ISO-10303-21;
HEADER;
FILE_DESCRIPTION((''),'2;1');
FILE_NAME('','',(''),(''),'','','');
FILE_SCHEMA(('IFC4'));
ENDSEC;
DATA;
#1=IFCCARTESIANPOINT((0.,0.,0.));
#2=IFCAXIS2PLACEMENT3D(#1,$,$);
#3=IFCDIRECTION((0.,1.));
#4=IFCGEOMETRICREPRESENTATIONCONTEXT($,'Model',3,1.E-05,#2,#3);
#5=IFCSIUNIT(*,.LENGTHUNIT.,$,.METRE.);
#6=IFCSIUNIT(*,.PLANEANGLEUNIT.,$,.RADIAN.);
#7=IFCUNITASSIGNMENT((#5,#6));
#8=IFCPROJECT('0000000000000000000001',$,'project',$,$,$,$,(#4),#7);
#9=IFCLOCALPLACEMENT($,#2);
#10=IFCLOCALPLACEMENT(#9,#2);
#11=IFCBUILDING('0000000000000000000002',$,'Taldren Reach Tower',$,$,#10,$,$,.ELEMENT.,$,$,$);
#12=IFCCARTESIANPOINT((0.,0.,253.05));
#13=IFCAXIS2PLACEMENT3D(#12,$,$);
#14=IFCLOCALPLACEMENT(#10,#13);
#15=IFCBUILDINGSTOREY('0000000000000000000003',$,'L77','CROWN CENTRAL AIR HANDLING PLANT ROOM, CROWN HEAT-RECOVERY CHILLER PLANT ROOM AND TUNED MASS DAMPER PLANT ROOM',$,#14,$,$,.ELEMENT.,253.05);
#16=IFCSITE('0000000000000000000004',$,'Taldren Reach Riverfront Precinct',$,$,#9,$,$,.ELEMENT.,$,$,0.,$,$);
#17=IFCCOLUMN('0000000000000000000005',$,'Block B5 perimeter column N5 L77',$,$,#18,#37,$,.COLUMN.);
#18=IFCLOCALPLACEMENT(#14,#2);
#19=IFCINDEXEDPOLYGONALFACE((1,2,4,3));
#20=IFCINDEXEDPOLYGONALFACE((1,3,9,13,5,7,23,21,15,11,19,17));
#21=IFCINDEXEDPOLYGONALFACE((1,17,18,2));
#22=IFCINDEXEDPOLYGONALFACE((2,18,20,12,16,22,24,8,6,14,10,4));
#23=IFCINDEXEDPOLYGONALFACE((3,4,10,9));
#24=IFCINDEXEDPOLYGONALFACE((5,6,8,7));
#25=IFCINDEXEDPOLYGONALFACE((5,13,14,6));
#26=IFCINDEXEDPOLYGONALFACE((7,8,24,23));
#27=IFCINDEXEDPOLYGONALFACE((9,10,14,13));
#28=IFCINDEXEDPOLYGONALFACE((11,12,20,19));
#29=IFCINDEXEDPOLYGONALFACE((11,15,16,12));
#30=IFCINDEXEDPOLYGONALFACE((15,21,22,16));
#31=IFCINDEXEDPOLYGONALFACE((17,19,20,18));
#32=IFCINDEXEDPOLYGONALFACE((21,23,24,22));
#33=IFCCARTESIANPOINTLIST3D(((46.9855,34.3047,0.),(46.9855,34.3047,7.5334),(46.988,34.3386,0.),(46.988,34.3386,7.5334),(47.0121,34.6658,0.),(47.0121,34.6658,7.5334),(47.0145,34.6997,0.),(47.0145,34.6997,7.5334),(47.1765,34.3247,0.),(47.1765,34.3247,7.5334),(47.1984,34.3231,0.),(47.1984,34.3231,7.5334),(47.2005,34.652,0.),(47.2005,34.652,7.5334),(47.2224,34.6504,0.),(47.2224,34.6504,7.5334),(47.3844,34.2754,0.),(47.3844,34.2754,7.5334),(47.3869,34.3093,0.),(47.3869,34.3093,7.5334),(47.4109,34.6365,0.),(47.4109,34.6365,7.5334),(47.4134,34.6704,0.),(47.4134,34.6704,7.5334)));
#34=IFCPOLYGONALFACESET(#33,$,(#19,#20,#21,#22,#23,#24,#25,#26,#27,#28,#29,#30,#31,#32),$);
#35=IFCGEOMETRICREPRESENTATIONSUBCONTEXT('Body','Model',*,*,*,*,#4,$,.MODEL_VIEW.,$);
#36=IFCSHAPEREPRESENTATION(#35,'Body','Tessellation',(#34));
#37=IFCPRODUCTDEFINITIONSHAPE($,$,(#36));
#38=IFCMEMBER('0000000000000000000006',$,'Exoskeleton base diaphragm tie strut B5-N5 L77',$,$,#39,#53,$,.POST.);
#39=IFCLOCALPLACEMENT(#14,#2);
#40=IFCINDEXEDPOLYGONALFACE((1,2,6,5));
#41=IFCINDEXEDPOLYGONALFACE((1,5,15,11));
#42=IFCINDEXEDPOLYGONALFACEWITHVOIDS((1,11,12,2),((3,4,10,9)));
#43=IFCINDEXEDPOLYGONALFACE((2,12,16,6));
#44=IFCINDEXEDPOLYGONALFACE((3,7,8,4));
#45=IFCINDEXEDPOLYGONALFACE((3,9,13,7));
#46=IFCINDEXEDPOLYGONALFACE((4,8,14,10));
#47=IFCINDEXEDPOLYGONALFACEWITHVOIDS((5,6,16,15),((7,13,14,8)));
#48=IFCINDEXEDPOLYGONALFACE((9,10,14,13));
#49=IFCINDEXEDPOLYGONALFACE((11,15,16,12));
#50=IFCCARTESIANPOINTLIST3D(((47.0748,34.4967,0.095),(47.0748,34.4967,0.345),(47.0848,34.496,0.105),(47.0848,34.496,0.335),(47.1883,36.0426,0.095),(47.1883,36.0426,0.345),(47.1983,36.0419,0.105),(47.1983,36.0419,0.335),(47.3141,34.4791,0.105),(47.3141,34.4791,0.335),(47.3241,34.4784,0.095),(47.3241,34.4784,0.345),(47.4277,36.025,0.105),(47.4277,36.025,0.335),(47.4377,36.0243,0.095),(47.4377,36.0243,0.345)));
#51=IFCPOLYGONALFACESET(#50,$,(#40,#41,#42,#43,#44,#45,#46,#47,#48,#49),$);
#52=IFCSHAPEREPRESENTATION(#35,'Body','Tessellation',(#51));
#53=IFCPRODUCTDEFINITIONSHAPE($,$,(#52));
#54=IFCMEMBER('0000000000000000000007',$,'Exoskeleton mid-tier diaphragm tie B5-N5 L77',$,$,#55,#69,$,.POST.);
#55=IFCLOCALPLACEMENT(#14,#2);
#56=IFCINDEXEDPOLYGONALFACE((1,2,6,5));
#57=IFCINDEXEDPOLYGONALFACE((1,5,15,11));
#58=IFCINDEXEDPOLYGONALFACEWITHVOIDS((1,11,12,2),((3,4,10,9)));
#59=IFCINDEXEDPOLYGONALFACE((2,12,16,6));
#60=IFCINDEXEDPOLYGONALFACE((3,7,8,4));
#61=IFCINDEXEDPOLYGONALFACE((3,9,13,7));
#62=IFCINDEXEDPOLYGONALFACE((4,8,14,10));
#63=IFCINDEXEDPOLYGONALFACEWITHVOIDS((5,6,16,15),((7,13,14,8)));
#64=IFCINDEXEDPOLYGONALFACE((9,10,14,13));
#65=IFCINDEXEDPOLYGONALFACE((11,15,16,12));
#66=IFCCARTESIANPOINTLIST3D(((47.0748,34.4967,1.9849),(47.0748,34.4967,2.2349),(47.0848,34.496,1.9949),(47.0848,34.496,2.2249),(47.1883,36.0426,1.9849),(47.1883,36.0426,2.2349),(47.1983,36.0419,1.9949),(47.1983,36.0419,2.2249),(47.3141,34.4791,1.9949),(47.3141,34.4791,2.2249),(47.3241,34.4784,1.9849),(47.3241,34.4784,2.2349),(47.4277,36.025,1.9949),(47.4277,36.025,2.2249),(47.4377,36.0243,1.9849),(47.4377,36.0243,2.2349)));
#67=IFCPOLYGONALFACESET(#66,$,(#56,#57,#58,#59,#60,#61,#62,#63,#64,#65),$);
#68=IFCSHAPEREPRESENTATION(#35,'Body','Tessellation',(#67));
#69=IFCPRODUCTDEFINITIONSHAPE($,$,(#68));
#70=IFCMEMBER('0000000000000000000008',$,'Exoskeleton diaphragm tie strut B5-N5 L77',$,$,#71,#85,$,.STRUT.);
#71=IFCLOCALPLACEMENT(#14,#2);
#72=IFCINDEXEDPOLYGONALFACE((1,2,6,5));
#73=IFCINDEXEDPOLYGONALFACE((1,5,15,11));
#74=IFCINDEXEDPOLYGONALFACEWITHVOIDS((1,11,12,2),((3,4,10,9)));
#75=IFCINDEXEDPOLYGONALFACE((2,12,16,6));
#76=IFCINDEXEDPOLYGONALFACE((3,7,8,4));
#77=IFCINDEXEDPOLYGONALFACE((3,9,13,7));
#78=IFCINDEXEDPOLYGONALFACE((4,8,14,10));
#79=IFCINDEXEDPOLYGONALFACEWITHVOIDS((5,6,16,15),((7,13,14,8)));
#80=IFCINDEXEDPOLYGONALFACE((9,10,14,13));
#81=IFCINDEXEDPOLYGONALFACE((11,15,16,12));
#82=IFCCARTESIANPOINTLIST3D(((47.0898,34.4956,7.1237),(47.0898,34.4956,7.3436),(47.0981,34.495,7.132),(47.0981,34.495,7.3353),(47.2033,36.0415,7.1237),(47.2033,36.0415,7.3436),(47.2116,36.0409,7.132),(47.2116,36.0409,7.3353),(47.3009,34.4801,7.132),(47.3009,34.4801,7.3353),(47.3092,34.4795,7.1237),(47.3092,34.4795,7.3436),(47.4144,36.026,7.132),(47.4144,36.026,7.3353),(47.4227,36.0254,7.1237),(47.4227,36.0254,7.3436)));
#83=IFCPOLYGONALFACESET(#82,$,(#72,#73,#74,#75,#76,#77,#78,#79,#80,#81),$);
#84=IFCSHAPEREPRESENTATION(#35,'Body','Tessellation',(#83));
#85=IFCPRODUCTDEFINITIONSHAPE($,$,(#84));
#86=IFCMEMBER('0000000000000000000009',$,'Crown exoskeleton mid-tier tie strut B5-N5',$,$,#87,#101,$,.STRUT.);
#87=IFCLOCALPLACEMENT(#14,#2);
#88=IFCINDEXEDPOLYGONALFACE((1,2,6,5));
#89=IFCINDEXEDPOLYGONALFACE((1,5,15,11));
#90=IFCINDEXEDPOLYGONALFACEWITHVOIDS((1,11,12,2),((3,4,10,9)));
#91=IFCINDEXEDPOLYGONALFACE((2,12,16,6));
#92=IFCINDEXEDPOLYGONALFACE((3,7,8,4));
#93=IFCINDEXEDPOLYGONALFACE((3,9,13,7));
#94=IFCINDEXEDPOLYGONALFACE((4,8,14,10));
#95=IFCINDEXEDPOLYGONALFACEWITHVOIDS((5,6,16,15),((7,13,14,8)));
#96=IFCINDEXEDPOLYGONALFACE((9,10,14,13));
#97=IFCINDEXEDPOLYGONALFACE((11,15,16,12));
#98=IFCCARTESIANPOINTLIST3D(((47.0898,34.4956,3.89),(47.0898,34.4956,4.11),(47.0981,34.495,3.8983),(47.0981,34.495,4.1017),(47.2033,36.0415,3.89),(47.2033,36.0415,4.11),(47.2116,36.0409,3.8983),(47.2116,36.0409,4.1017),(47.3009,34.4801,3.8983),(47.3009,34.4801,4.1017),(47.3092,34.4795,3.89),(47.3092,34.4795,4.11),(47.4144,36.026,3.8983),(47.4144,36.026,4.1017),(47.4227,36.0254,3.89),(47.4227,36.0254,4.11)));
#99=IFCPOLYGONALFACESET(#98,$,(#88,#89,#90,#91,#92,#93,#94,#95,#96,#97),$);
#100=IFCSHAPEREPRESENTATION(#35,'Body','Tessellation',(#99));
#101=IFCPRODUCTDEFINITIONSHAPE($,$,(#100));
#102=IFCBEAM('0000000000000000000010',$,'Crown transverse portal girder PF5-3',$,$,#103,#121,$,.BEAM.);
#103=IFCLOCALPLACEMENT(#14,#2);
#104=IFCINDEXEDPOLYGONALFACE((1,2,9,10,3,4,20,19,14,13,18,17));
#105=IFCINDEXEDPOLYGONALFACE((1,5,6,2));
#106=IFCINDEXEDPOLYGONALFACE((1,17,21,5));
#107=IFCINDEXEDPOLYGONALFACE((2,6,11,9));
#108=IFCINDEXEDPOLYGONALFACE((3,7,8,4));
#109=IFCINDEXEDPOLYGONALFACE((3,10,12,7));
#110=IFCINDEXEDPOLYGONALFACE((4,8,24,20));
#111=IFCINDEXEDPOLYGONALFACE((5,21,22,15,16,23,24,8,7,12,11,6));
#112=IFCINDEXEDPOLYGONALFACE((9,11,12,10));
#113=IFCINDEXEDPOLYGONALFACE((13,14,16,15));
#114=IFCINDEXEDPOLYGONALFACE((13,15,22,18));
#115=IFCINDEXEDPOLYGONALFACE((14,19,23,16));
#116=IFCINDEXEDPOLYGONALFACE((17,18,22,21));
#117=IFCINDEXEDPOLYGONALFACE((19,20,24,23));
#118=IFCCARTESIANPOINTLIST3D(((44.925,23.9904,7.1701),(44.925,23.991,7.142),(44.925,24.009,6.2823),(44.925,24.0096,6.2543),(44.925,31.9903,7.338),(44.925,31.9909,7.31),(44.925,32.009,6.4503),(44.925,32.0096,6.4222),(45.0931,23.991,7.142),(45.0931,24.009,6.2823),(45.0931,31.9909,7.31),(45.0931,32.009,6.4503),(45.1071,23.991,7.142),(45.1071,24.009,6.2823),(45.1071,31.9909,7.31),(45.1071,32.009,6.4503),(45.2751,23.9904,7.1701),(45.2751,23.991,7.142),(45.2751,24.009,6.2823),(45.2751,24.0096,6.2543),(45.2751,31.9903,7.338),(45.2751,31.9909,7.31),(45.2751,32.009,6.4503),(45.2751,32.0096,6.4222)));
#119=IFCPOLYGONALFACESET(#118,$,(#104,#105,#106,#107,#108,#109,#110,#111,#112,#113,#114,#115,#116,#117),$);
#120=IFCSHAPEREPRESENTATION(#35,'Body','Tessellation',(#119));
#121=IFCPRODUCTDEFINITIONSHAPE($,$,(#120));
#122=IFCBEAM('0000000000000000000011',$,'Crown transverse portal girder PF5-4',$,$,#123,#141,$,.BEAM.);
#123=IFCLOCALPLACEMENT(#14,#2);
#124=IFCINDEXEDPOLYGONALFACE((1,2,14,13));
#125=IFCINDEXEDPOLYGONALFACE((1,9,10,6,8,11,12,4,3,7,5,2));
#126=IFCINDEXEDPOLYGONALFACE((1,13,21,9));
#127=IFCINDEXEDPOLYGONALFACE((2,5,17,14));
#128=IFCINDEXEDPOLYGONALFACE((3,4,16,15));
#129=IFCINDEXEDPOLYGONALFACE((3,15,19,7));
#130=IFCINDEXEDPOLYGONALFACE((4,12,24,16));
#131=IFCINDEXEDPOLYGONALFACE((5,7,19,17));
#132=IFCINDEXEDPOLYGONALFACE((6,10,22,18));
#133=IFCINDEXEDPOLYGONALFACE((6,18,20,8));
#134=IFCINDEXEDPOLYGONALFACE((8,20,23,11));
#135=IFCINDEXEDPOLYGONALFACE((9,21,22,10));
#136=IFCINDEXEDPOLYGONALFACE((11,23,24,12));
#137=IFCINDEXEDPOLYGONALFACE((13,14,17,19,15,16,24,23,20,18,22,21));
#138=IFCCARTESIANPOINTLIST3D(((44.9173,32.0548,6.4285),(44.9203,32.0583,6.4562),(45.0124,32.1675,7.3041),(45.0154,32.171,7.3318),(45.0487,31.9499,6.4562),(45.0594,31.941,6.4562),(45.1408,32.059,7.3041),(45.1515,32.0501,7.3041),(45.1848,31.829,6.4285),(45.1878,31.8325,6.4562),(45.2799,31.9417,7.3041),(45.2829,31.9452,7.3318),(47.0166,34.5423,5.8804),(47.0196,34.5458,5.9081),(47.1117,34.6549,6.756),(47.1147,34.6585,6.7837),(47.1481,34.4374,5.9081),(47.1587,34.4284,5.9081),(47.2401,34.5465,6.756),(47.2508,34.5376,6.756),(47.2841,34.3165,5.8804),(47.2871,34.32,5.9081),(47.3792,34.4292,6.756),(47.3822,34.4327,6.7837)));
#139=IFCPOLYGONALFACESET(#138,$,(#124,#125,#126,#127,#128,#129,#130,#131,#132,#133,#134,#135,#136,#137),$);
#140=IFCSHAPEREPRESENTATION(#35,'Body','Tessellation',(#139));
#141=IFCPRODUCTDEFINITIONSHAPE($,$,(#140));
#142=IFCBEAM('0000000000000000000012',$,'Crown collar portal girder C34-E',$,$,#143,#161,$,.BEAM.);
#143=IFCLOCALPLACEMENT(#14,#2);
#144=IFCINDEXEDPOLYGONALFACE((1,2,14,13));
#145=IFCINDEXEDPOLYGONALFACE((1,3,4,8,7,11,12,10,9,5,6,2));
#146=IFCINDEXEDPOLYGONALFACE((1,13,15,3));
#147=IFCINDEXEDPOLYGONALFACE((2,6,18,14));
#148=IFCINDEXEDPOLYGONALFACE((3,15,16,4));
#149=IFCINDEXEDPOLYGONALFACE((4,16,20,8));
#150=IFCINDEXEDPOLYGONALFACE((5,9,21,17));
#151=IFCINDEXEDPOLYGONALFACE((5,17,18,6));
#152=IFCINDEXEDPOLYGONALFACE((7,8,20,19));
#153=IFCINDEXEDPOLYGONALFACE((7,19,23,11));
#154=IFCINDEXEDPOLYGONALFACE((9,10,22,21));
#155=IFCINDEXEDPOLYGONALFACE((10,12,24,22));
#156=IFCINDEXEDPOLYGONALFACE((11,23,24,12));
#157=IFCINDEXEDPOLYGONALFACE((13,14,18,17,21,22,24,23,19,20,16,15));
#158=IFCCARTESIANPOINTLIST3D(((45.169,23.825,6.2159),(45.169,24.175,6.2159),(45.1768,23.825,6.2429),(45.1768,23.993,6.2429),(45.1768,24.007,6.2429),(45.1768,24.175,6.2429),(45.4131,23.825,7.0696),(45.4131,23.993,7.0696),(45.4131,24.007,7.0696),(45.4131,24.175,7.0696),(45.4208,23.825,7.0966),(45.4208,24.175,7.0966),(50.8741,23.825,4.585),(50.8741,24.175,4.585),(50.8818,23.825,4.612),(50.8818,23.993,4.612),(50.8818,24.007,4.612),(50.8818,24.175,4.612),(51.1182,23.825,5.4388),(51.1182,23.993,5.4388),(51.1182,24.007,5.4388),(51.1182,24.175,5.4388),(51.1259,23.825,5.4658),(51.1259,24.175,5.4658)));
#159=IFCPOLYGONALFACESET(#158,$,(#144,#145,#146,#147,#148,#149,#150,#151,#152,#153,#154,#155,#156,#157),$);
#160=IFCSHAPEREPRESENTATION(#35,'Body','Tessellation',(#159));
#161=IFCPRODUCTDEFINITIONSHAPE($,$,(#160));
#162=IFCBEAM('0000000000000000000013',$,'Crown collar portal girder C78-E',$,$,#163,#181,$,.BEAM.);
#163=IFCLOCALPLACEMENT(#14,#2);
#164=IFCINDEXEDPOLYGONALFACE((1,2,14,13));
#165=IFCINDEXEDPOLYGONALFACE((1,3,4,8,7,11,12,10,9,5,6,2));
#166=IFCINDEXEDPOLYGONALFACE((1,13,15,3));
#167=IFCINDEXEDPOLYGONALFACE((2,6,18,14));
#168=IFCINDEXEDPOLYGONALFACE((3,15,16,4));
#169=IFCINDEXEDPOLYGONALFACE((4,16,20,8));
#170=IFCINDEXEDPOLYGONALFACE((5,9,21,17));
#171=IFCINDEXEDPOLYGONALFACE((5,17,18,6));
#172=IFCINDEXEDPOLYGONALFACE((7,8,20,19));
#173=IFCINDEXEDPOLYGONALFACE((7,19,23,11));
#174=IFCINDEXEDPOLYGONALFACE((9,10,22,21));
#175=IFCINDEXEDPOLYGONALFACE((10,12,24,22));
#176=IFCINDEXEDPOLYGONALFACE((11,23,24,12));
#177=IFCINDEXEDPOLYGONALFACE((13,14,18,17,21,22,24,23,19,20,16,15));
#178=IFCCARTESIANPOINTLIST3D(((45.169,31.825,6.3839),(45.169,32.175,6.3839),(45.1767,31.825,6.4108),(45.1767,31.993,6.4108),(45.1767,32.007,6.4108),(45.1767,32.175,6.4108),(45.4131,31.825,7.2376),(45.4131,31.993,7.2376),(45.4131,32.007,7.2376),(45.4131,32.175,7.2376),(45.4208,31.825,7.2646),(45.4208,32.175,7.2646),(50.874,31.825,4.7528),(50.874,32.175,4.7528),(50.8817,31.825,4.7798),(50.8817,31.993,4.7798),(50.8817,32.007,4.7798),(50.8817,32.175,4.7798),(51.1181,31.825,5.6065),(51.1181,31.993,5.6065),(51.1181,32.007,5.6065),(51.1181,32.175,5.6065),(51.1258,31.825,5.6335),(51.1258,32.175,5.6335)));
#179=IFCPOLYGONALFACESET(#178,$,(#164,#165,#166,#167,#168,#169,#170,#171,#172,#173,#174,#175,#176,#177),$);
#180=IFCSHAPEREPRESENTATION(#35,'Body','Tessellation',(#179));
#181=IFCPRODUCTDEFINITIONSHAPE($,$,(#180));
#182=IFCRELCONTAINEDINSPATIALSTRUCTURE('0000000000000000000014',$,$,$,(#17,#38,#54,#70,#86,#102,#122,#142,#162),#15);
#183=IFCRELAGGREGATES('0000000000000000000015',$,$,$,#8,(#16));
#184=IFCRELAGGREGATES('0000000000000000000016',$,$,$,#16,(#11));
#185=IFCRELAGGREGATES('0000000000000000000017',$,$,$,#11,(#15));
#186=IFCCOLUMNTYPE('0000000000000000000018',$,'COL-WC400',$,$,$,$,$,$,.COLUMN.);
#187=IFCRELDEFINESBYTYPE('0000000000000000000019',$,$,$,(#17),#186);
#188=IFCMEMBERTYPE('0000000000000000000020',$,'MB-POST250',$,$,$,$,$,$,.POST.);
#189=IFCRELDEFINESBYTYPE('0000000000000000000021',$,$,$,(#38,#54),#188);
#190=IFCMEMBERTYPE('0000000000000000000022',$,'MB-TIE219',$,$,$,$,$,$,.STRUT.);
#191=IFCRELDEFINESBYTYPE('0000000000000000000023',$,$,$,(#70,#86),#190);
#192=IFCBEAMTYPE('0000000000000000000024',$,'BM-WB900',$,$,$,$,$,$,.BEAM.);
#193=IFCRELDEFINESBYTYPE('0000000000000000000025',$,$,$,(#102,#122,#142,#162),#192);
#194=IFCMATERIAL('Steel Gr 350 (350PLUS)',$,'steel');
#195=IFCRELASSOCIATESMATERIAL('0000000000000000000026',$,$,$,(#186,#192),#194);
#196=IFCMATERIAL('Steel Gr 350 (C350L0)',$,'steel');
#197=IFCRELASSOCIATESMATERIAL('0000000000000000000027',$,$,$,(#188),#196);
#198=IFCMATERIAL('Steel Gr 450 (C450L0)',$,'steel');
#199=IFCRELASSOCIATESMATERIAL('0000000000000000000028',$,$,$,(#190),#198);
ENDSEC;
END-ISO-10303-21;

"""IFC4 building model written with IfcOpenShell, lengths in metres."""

from ifc_helpers import new_model, si_unit, direction, frame, origin, origin_2d, place, context, subcontext, project, spatial, hollow_rectangle, i_section, extrude, source, transform, mapped, material, material_profile, profile_set, type_object, element, save


model = new_model("IFC4")

# Units and contexts
model_context = context("Model", 3, precision=1e-05, world=origin(), true_north=direction((0.0, 1.0)))
body_context = subcontext(model_context, "Body", "Model", "MODEL_VIEW")
ifc_project = project(units=[si_unit("LENGTHUNIT", "METRE"), si_unit("PLANEANGLEUNIT", "RADIAN")], contexts=[model_context])

# Site, building, storey
site_placement = place(None, origin())
site = spatial("IfcSite", under=ifc_project, at=site_placement, Name="Taldren Reach Riverfront Precinct", CompositionType="ELEMENT", RefElevation=0.0)
building_placement = place(site_placement, origin())
building = spatial("IfcBuilding", under=site, at=building_placement, Name="Taldren Reach Tower", CompositionType="ELEMENT")
storey_placement = place(building_placement, frame((0.0, 0.0, 253.05)))
storey = spatial("IfcBuildingStorey", under=building, at=storey_placement, Name="L77", Description="CROWN CENTRAL AIR HANDLING PLANT ROOM, CROWN HEAT-RECOVERY CHILLER PLANT ROOM AND TUNED MASS DAMPER PLANT ROOM", CompositionType="ELEMENT", Elevation=253.05)

# Column
ifc_material_1 = material(Name="Steel Gr 350 (350PLUS)", Category="steel")
ifc_material_profile_1 = material_profile(ifc_material_1, i_section(OverallWidth=0.3999, OverallDepth=0.396, WebThickness=0.022, FlangeThickness=0.0339, at=origin_2d()), Name="400WC270")
ifc_profile_set_1 = profile_set([ifc_material_profile_1], Name="Steel Gr 350 (350PLUS)")
column_type = type_object("IfcColumnType", Name="COL-WC400", PredefinedType="COLUMN", material=ifc_profile_set_1)
shared_shape_1 = source(origin(), body_context, "Body", "SweptSolid", [
    extrude(i_section(OverallWidth=0.3999, OverallDepth=0.396, WebThickness=0.022, FlangeThickness=0.0339, at=origin_2d()), origin(), (0.0, 0.0, 1.0), 7.5334),
])
column_placement = place(storey_placement, frame((47.1995, 34.4875, 0.0), z_axis=(0.0, 0.0, 1.0), x_axis=(0.997314, -0.073238, 0.0)))
element("IfcColumn", 1, at=column_placement, inside=storey, type_object=column_type, Name="Block B5 perimeter column N5 L77", PredefinedType="COLUMN", context=body_context, shape_type="MappedRepresentation", body=[
    mapped(shared_shape_1, transform((0.0, 0.0, 0.0), scale=1.0)),
])

# Members
ifc_material_2 = material(Name="Steel Gr 350 (C350L0)", Category="steel")
ifc_material_profile_2 = material_profile(ifc_material_2, hollow_rectangle(XDim=0.25, YDim=0.25, WallThickness=0.01, at=origin_2d()), Name="250x250x10.0SHS")
ifc_profile_set_2 = profile_set([ifc_material_profile_2], Name="Steel Gr 350 (C350L0)")
member_type_1 = type_object("IfcMemberType", Name="MB-POST250", PredefinedType="POST", material=ifc_profile_set_2)
shared_shape_2 = source(origin(), body_context, "Body", "SweptSolid", [
    extrude(hollow_rectangle(XDim=0.25, YDim=0.25, WallThickness=0.01, at=origin_2d()), origin(), (0.0, 0.0, 1.0), 1.55),
])
for number, where, z_axis, x_axis, name in (
    (2, (47.1995, 34.4875, 0.22), (0.073239, 0.997314, 0.0), (-0.997314, 0.073239, 0.0), "Exoskeleton base diaphragm tie strut B5-N5 L77"),
    (3, (47.1995, 34.4875, 2.1099), (0.073239, 0.997314, 0.0), (-0.997314, 0.073239, 0.0), "Exoskeleton mid-tier diaphragm tie B5-N5 L77"),
):
    element("IfcMember", number, at=place(storey_placement, frame(where, z_axis=z_axis, x_axis=x_axis)), inside=storey, type_object=member_type_1, Name=name, PredefinedType="POST", context=body_context, shape_type="MappedRepresentation", body=[
        mapped(shared_shape_2, transform((0.0, 0.0, 0.0), scale=1.0)),
    ])
ifc_material_3 = material(Name="Steel Gr 450 (C450L0)", Category="steel")
ifc_material_profile_3 = material_profile(ifc_material_3, hollow_rectangle(XDim=0.22, YDim=0.22, WallThickness=0.0083, at=origin_2d()), Name="220x220x8.2SHS")
ifc_profile_set_3 = profile_set([ifc_material_profile_3], Name="Steel Gr 450 (C450L0)")
member_type_2 = type_object("IfcMemberType", Name="MB-TIE219", PredefinedType="STRUT", material=ifc_profile_set_3)
shared_shape_3 = source(origin(), body_context, "Body", "SweptSolid", [
    extrude(hollow_rectangle(XDim=0.22, YDim=0.22, WallThickness=0.0083, at=origin_2d()), origin(), (0.0, 0.0, 1.0), 1.55),
])
for number, where, z_axis, x_axis, name in (
    (4, (47.1995, 34.4875, 7.2336), (0.073239, 0.997314, 0.0), (-0.997314, 0.073239, 0.0), "Exoskeleton diaphragm tie strut B5-N5 L77"),
    (5, (47.1995, 34.4875, 4.0), (0.073239, 0.997314, 0.0), (-0.997314, 0.073239, 0.0), "Crown exoskeleton mid-tier tie strut B5-N5"),
):
    element("IfcMember", number, at=place(storey_placement, frame(where, z_axis=z_axis, x_axis=x_axis)), inside=storey, type_object=member_type_2, Name=name, PredefinedType="STRUT", context=body_context, shape_type="MappedRepresentation", body=[
        mapped(shared_shape_3, transform((0.0, 0.0, 0.0), scale=1.0)),
    ])

# Beams
ifc_material_profile_4 = material_profile(ifc_material_1, i_section(OverallWidth=0.3501, OverallDepth=0.916, WebThickness=0.0139, FlangeThickness=0.0281, at=origin_2d()), Name="900WB257")
ifc_profile_set_4 = profile_set([ifc_material_profile_4], Name="Steel Gr 350 (350PLUS)")
beam_type_1 = type_object("IfcBeamType", Name="BM-WB900", PredefinedType="BEAM", material=ifc_profile_set_4)
shared_shape_4 = source(origin(), body_context, "Body", "SweptSolid", [
    extrude(i_section(OverallWidth=0.3501, OverallDepth=0.916, WebThickness=0.0139, FlangeThickness=0.0281, at=origin_2d()), origin(), (0.0, 0.0, 1.0), 8.0017),
])
beam_1_placement = place(storey_placement, frame((45.1001, 24.0, 6.7122), z_axis=(0.0, 0.99978, 0.020991), x_axis=(-1.0, 0.0, 0.0)))
element("IfcBeam", 6, at=beam_1_placement, inside=storey, type_object=beam_type_1, Name="Crown transverse portal girder PF5-3", PredefinedType="BEAM", context=body_context, shape_type="MappedRepresentation", body=[
    mapped(shared_shape_4, transform((0.0, 0.0, 0.0), scale=1.0)),
])
shared_shape_5 = source(origin(), body_context, "Body", "SweptSolid", [
    extrude(i_section(OverallWidth=0.3501, OverallDepth=0.916, WebThickness=0.0139, FlangeThickness=0.0281, at=origin_2d()), origin(), (0.0, 0.0, 1.0), 3.3008),
])
beam_2_placement = place(storey_placement, frame((45.1001, 32.0, 6.8801), z_axis=(0.636007, 0.753607, -0.166047), x_axis=(-0.764216, 0.64496, 0.0)))
element("IfcBeam", 7, at=beam_2_placement, inside=storey, type_object=beam_type_1, Name="Crown transverse portal girder PF5-4", PredefinedType="BEAM", context=body_context, shape_type="MappedRepresentation", body=[
    mapped(shared_shape_5, transform((0.0, 0.0, 0.0), scale=1.0)),
])
shared_shape_6 = source(origin(), body_context, "Body", "SweptSolid", [
    extrude(i_section(OverallWidth=0.3501, OverallDepth=0.916, WebThickness=0.0139, FlangeThickness=0.0281, at=origin_2d()), origin(), (0.0, 0.0, 1.0), 5.9336),
])
for number, where, z_axis, x_axis, name in (
    (8, (45.2949, 24.0, 6.6562), (0.961487, 0.0, -0.274852), (0.0, 1.0, 0.0), "Crown collar portal girder C34-E"),
    (9, (45.2949, 32.0, 6.8242), (0.961476, 0.0, -0.27489), (0.0, 1.0, 0.0), "Crown collar portal girder C78-E"),
):
    element("IfcBeam", number, at=place(storey_placement, frame(where, z_axis=z_axis, x_axis=x_axis)), inside=storey, type_object=beam_type_1, Name=name, PredefinedType="BEAM", context=body_context, shape_type="MappedRepresentation", body=[
        mapped(shared_shape_6, transform((0.0, 0.0, 0.0), scale=1.0)),
    ])

save(model, "model.ifc")
